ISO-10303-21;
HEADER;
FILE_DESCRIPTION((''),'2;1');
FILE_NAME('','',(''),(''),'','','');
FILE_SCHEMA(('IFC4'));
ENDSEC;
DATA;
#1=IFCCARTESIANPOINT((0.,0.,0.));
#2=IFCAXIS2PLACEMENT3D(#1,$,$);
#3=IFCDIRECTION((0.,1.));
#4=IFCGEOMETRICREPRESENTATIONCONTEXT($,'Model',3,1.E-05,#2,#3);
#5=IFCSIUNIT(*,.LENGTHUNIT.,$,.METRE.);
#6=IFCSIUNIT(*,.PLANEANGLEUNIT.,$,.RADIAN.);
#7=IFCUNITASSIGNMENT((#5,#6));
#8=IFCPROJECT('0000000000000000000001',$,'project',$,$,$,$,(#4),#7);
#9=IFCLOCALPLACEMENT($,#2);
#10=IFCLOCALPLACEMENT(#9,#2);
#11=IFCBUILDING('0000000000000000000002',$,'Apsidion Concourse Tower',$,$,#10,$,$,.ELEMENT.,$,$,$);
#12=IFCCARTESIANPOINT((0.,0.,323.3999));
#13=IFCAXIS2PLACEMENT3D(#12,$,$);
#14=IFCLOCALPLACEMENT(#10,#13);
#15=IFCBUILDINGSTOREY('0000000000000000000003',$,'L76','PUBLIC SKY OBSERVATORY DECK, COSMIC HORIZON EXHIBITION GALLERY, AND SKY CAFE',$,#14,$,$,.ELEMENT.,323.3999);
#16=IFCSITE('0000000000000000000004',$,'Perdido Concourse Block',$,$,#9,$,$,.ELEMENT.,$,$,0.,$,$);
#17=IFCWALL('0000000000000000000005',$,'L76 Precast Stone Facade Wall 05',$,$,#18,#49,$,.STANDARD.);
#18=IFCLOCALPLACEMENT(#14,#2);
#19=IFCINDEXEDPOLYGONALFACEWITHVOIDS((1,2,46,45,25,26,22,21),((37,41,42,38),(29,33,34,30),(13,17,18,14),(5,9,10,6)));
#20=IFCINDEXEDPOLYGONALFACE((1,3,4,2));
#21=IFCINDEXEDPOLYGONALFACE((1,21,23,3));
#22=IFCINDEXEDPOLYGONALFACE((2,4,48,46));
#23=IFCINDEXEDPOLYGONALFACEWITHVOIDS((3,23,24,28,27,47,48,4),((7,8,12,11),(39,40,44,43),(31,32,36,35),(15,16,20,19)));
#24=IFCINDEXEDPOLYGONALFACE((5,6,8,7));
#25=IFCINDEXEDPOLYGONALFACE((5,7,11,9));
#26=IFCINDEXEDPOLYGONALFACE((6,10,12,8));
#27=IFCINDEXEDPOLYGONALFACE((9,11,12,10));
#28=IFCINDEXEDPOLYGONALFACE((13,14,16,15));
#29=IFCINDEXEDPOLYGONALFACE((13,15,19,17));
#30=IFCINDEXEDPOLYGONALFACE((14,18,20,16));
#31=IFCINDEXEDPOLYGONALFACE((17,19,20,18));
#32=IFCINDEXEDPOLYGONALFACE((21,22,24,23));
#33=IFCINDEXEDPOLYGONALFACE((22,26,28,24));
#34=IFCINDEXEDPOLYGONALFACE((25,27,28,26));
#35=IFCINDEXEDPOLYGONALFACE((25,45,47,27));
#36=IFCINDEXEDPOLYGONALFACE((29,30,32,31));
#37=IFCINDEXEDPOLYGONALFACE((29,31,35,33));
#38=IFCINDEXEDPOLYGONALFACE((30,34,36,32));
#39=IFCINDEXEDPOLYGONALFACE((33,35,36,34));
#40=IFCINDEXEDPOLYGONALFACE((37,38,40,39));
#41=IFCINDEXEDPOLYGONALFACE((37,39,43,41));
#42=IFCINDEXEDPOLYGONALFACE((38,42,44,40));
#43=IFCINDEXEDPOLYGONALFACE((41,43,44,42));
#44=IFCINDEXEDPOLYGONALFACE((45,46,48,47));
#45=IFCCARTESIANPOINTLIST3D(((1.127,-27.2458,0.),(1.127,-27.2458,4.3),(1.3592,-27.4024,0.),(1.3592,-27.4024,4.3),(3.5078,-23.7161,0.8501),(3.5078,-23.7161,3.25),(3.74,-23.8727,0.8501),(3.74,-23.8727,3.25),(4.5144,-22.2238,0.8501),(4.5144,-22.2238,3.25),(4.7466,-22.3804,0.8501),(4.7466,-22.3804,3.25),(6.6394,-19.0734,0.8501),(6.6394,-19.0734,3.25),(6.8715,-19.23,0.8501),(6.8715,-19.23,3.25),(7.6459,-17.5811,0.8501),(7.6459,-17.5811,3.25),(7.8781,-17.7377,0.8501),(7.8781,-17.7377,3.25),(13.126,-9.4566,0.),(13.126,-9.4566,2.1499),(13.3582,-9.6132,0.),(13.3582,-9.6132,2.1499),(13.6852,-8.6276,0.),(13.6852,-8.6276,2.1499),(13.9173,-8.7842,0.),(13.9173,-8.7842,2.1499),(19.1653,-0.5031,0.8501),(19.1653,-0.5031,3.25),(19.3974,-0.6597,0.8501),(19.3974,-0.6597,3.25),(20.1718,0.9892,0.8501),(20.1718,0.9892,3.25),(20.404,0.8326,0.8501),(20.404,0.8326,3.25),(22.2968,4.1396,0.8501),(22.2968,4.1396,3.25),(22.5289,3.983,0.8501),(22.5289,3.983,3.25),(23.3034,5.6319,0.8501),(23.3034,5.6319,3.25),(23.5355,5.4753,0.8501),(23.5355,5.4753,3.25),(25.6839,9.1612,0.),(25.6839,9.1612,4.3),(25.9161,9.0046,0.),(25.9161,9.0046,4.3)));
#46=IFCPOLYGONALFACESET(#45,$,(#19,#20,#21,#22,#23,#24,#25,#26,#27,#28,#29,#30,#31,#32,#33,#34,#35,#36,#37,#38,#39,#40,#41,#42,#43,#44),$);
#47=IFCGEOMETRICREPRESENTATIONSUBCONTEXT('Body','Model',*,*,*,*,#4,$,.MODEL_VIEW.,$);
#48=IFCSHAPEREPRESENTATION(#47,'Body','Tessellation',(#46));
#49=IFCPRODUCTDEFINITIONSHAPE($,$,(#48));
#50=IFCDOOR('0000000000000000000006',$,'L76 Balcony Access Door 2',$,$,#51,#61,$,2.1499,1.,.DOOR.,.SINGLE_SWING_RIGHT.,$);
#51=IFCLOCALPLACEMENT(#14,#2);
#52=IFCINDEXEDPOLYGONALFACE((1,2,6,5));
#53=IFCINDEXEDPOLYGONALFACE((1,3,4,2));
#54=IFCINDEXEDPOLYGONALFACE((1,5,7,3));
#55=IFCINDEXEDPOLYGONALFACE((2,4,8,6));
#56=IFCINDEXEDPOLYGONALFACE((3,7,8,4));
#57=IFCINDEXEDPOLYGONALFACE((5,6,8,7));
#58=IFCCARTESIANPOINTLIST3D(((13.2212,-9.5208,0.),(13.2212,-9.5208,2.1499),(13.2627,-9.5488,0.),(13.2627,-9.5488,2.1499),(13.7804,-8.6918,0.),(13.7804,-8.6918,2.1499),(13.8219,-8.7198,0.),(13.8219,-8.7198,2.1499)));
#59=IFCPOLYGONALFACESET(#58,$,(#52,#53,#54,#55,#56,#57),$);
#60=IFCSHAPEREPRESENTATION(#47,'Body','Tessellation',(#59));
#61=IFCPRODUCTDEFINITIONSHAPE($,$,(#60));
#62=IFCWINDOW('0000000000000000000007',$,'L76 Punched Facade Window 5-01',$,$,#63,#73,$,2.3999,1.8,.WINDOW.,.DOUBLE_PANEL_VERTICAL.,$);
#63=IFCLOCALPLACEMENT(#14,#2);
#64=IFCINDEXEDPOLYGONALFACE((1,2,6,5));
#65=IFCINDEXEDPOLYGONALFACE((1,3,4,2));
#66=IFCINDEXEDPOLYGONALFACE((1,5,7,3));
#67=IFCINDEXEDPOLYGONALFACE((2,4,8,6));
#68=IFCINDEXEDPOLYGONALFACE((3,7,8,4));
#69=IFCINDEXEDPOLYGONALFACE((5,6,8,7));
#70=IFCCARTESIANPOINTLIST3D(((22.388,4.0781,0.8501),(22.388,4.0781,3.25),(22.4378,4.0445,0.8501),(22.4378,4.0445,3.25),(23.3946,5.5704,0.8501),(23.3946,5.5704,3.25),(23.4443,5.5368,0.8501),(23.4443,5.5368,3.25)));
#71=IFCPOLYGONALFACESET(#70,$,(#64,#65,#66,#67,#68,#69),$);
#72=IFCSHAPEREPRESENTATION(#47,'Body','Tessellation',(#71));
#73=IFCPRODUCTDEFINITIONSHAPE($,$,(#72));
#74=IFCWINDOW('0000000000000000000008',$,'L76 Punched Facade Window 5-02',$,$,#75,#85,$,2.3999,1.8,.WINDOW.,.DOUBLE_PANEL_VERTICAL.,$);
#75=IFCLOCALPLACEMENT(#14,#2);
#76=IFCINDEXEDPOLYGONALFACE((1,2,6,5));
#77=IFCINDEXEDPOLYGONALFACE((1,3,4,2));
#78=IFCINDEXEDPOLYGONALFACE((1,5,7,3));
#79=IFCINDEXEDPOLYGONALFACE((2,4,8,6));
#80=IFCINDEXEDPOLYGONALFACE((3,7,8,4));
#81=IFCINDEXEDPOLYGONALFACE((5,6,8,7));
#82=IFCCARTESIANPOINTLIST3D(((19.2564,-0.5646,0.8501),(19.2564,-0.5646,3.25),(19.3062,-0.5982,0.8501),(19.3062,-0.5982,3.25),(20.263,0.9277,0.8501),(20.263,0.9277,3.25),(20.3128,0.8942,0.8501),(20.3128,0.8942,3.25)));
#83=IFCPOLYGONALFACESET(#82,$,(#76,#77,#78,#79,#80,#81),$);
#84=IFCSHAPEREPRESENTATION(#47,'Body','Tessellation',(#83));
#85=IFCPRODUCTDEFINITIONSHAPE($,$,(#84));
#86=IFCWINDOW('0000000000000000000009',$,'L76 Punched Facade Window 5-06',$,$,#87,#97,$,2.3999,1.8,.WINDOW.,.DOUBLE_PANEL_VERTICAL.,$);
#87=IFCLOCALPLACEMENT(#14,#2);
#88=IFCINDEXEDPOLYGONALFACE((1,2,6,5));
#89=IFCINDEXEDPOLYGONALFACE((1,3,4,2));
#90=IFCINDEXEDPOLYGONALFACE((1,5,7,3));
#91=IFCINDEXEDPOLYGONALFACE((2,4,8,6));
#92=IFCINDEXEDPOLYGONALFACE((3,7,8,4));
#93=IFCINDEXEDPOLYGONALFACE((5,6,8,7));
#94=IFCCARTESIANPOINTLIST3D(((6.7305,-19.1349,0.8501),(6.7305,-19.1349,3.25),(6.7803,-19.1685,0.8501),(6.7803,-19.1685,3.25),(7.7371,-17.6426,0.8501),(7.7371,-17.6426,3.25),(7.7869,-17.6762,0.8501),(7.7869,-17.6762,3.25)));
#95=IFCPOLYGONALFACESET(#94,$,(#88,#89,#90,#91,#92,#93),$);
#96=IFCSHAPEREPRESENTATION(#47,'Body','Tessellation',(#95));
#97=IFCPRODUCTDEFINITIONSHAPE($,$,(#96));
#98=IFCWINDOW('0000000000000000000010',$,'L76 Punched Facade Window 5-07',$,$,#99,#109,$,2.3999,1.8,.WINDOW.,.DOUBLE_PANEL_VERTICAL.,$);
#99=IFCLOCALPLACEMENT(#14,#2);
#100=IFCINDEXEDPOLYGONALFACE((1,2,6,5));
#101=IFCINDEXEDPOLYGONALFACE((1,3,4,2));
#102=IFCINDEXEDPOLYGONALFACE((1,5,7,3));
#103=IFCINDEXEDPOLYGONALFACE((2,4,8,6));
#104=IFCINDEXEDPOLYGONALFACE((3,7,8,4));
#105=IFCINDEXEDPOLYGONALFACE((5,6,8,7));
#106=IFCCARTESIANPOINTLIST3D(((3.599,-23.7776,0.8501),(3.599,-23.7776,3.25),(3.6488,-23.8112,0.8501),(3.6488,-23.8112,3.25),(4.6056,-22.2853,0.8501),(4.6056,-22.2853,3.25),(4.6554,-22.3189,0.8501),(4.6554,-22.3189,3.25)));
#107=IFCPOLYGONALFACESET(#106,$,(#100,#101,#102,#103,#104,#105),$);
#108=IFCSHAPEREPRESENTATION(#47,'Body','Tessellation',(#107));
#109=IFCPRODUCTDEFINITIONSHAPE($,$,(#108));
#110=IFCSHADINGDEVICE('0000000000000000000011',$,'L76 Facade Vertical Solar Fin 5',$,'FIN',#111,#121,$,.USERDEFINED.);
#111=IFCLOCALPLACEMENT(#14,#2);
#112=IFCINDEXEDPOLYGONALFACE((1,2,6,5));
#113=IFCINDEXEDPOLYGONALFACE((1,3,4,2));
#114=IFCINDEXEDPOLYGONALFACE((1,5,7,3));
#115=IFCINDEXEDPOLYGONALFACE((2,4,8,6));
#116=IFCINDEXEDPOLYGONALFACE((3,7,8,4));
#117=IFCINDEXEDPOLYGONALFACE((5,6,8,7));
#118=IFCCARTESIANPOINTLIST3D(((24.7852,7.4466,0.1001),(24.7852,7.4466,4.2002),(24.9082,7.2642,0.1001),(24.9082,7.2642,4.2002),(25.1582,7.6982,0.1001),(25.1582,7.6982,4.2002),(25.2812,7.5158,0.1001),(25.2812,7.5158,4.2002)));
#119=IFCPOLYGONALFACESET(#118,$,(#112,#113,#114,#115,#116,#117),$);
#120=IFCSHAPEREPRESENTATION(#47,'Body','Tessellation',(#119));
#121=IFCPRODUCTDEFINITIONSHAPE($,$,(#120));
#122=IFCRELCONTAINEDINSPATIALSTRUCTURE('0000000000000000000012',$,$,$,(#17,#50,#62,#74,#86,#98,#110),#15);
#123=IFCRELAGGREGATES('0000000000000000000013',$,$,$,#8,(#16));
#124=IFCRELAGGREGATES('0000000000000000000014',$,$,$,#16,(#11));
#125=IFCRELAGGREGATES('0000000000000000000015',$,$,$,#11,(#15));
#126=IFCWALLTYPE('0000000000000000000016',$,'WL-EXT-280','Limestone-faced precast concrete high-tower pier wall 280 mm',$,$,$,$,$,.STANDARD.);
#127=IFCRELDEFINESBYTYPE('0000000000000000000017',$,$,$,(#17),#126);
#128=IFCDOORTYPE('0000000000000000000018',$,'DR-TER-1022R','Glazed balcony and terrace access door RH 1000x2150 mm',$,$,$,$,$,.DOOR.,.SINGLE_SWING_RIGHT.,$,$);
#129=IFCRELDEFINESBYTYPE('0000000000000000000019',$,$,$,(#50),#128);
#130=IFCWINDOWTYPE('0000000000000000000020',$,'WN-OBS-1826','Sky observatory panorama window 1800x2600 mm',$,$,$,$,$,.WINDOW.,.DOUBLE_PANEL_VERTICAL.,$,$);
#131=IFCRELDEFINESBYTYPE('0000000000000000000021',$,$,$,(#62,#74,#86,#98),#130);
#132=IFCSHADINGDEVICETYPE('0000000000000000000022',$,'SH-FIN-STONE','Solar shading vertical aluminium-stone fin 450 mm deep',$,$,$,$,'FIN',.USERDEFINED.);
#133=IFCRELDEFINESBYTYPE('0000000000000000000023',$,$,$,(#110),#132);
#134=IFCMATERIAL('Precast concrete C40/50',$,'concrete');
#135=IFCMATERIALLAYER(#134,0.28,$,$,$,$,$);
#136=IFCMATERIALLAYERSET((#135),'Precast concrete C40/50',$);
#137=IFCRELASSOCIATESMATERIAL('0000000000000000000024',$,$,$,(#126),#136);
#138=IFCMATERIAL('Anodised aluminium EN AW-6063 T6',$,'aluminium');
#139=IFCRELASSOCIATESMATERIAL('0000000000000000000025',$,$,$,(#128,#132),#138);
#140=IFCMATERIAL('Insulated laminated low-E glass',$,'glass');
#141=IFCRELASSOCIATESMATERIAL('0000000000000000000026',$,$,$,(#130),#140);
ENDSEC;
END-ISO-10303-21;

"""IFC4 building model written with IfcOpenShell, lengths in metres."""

from ifc_helpers import new_model, si_unit, direction, frame, frame_2d, origin, origin_2d, place, context, subcontext, project, spatial, rectangle, extrude, material, layer, layer_set, type_object, element, fill, save


model = new_model("IFC4")

# Units and contexts
model_context = context("Model", 3, precision=1e-05, world=origin(), true_north=direction((0.0, 1.0)))
body_context = subcontext(model_context, "Body", "Model", "MODEL_VIEW")
ifc_project = project(units=[si_unit("LENGTHUNIT", "METRE"), si_unit("PLANEANGLEUNIT", "RADIAN")], contexts=[model_context])

# Site, building, storey
site_placement = place(None, origin())
site = spatial("IfcSite", under=ifc_project, at=site_placement, Name="Perdido Concourse Block", CompositionType="ELEMENT", RefElevation=0.0)
building_placement = place(site_placement, origin())
building = spatial("IfcBuilding", under=site, at=building_placement, Name="Apsidion Concourse Tower", CompositionType="ELEMENT")
storey_placement = place(building_placement, frame((0.0, 0.0, 323.3999)))
storey = spatial("IfcBuildingStorey", under=building, at=storey_placement, Name="L76", Description="PUBLIC SKY OBSERVATORY DECK, COSMIC HORIZON EXHIBITION GALLERY, AND SKY CAFE", CompositionType="ELEMENT", Elevation=323.3999)

# Shared definitions
ifc_material_1 = material(Name="Precast concrete C40/50", Category="concrete")
ifc_layer = layer(ifc_material_1, 0.28)
ifc_layer_set = layer_set([ifc_layer], Name="Precast concrete C40/50")
wall_type = type_object("IfcWallType", Name="WL-EXT-280", Description="Limestone-faced precast concrete high-tower pier wall 280 mm", PredefinedType="STANDARD", material=ifc_layer_set)

# Wall, openings, door, windows
wall_1_placement = place(storey_placement, frame((25.8, 9.083, 0.0), z_axis=(0.0, 0.0, 1.0), x_axis=(-0.559194, -0.829037, 0.0)))
wall_1 = element("IfcWall", 1, at=wall_1_placement, inside=storey, type_object=wall_type, Name="L76 Precast Stone Facade Wall 05", PredefinedType="STANDARD", context=body_context, shape_type="SweptSolid", body=[
    extrude(rectangle(XDim=43.9148, YDim=0.28, at=frame_2d((21.9575, 0.0))), origin(), (0.0, 0.0, 1.0), 4.3),
])
opening_1_placement = place(wall_1_placement, frame((21.4573, 0.0, 0.0)))
opening_1 = element("IfcOpeningElement", 2, at=opening_1_placement, cuts=wall_1, PredefinedType="OPENING", context=body_context, shape_type="SweptSolid", body=[
    extrude(rectangle(XDim=1.0, YDim=2.1499, at=frame_2d((0.5, 1.075))), frame((0.0, 0.1499, 0.0), z_axis=(0.0, -1.0, 0.0), x_axis=(1.0, 0.0, 0.0)), (0.0, 0.0, 1.0), 0.3),
])
opening_2_placement = place(wall_1_placement, frame((4.2573, 0.0, 0.8501)))
opening_2 = element("IfcOpeningElement", 3, at=opening_2_placement, cuts=wall_1, PredefinedType="OPENING", context=body_context, shape_type="SweptSolid", body=[
    extrude(rectangle(XDim=1.8, YDim=2.3999, at=frame_2d((0.8999, 1.2))), frame((0.0, 0.1499, 0.0), z_axis=(0.0, -1.0, 0.0), x_axis=(1.0, 0.0, 0.0)), (0.0, 0.0, 1.0), 0.3),
])
opening_3_placement = place(wall_1_placement, frame((9.8574, 0.0, 0.8501)))
opening_3 = element("IfcOpeningElement", 4, at=opening_3_placement, cuts=wall_1, PredefinedType="OPENING", context=body_context, shape_type="SweptSolid", body=[
    extrude(rectangle(XDim=1.8, YDim=2.3999, at=frame_2d((0.8999, 1.2))), frame((0.0, 0.1499, 0.0), z_axis=(0.0, -1.0, 0.0), x_axis=(1.0, 0.0, 0.0)), (0.0, 0.0, 1.0), 0.3),
])
opening_4_placement = place(wall_1_placement, frame((32.2573, 0.0, 0.8501)))
opening_4 = element("IfcOpeningElement", 5, at=opening_4_placement, cuts=wall_1, PredefinedType="OPENING", context=body_context, shape_type="SweptSolid", body=[
    extrude(rectangle(XDim=1.8, YDim=2.3999, at=frame_2d((0.8999, 1.2))), frame((0.0, 0.1499, 0.0), z_axis=(0.0, -1.0, 0.0), x_axis=(1.0, 0.0, 0.0)), (0.0, 0.0, 1.0), 0.3),
])
opening_5_placement = place(wall_1_placement, frame((37.8574, 0.0, 0.8501)))
opening_5 = element("IfcOpeningElement", 6, at=opening_5_placement, cuts=wall_1, PredefinedType="OPENING", context=body_context, shape_type="SweptSolid", body=[
    extrude(rectangle(XDim=1.8, YDim=2.3999, at=frame_2d((0.8999, 1.2))), frame((0.0, 0.1499, 0.0), z_axis=(0.0, -1.0, 0.0), x_axis=(1.0, 0.0, 0.0)), (0.0, 0.0, 1.0), 0.3),
])
ifc_material_2 = material(Name="Anodised aluminium EN AW-6063 T6", Category="aluminium")
door_type = type_object("IfcDoorType", Name="DR-TER-1022R", Description="Glazed balcony and terrace access door RH 1000x2150 mm", OperationType="SINGLE_SWING_RIGHT", PredefinedType="DOOR", material=ifc_material_2)
door_placement = place(opening_1_placement, origin())
door = element("IfcDoor", 7, at=door_placement, inside=storey, type_object=door_type, Name="L76 Balcony Access Door 2", OperationType="SINGLE_SWING_RIGHT", OverallHeight=2.1499, OverallWidth=1.0, PredefinedType="DOOR", context=body_context, shape_type="SweptSolid", body=[
    extrude(rectangle(XDim=1.0, YDim=2.1499, at=frame_2d((0.5, 1.075))), frame((0.0, 0.0249, 0.0), z_axis=(0.0, -1.0, 0.0), x_axis=(1.0, 0.0, 0.0)), (0.0, 0.0, 1.0), 0.05),
])
fill(opening_1, door)
ifc_material_3 = material(Name="Insulated laminated low-E glass", Category="glass")
window_type = type_object("IfcWindowType", Name="WN-OBS-1826", Description="Sky observatory panorama window 1800x2600 mm", PartitioningType="DOUBLE_PANEL_VERTICAL", PredefinedType="WINDOW", material=ifc_material_3)
window_1_placement = place(opening_2_placement, origin())
window_1 = element("IfcWindow", 8, at=window_1_placement, inside=storey, type_object=window_type, Name="L76 Punched Facade Window 5-01", OverallHeight=2.3999, OverallWidth=1.8, PartitioningType="DOUBLE_PANEL_VERTICAL", PredefinedType="WINDOW", context=body_context, shape_type="SweptSolid", body=[
    extrude(rectangle(XDim=1.8, YDim=2.3999, at=frame_2d((0.8999, 1.2))), frame((0.0, 0.03, 0.0), z_axis=(0.0, -1.0, 0.0), x_axis=(1.0, 0.0, 0.0)), (0.0, 0.0, 1.0), 0.0601),
])
fill(opening_2, window_1)
window_2_placement = place(opening_3_placement, origin())
window_2 = element("IfcWindow", 9, at=window_2_placement, inside=storey, type_object=window_type, Name="L76 Punched Facade Window 5-02", OverallHeight=2.3999, OverallWidth=1.8, PartitioningType="DOUBLE_PANEL_VERTICAL", PredefinedType="WINDOW", context=body_context, shape_type="SweptSolid", body=[
    extrude(rectangle(XDim=1.8, YDim=2.3999, at=frame_2d((0.8999, 1.2))), frame((0.0, 0.03, 0.0), z_axis=(0.0, -1.0, 0.0), x_axis=(1.0, 0.0, 0.0)), (0.0, 0.0, 1.0), 0.0601),
])
fill(opening_3, window_2)
window_3_placement = place(opening_4_placement, origin())
window_3 = element("IfcWindow", 10, at=window_3_placement, inside=storey, type_object=window_type, Name="L76 Punched Facade Window 5-06", OverallHeight=2.3999, OverallWidth=1.8, PartitioningType="DOUBLE_PANEL_VERTICAL", PredefinedType="WINDOW", context=body_context, shape_type="SweptSolid", body=[
    extrude(rectangle(XDim=1.8, YDim=2.3999, at=frame_2d((0.8999, 1.2))), frame((0.0, 0.03, 0.0), z_axis=(0.0, -1.0, 0.0), x_axis=(1.0, 0.0, 0.0)), (0.0, 0.0, 1.0), 0.0601),
])
fill(opening_4, window_3)
window_4_placement = place(opening_5_placement, origin())
window_4 = element("IfcWindow", 11, at=window_4_placement, inside=storey, type_object=window_type, Name="L76 Punched Facade Window 5-07", OverallHeight=2.3999, OverallWidth=1.8, PartitioningType="DOUBLE_PANEL_VERTICAL", PredefinedType="WINDOW", context=body_context, shape_type="SweptSolid", body=[
    extrude(rectangle(XDim=1.8, YDim=2.3999, at=frame_2d((0.8999, 1.2))), frame((0.0, 0.03, 0.0), z_axis=(0.0, -1.0, 0.0), x_axis=(1.0, 0.0, 0.0)), (0.0, 0.0, 1.0), 0.0601),
])
fill(opening_5, window_4)

# Shading device
shading_device_type = type_object("IfcShadingDeviceType", Name="SH-FIN-STONE", Description="Solar shading vertical aluminium-stone fin 450 mm deep", ElementType="FIN", PredefinedType="USERDEFINED", material=ifc_material_2)
shading_device_placement = place(storey_placement, frame((25.0332, 7.4812, 0.1001), z_axis=(0.0, 0.0, 1.0), x_axis=(-0.559193, 0.829038, 0.0)))
element("IfcShadingDevice", 12, at=shading_device_placement, inside=storey, type_object=shading_device_type, Name="L76 Facade Vertical Solar Fin 5", ObjectType="FIN", PredefinedType="USERDEFINED", context=body_context, shape_type="SweptSolid", body=[
    extrude(rectangle(XDim=0.22, YDim=0.45, at=origin_2d()), origin(), (0.0, 0.0, 1.0), 4.1001),
])

save(model, "model.ifc")
